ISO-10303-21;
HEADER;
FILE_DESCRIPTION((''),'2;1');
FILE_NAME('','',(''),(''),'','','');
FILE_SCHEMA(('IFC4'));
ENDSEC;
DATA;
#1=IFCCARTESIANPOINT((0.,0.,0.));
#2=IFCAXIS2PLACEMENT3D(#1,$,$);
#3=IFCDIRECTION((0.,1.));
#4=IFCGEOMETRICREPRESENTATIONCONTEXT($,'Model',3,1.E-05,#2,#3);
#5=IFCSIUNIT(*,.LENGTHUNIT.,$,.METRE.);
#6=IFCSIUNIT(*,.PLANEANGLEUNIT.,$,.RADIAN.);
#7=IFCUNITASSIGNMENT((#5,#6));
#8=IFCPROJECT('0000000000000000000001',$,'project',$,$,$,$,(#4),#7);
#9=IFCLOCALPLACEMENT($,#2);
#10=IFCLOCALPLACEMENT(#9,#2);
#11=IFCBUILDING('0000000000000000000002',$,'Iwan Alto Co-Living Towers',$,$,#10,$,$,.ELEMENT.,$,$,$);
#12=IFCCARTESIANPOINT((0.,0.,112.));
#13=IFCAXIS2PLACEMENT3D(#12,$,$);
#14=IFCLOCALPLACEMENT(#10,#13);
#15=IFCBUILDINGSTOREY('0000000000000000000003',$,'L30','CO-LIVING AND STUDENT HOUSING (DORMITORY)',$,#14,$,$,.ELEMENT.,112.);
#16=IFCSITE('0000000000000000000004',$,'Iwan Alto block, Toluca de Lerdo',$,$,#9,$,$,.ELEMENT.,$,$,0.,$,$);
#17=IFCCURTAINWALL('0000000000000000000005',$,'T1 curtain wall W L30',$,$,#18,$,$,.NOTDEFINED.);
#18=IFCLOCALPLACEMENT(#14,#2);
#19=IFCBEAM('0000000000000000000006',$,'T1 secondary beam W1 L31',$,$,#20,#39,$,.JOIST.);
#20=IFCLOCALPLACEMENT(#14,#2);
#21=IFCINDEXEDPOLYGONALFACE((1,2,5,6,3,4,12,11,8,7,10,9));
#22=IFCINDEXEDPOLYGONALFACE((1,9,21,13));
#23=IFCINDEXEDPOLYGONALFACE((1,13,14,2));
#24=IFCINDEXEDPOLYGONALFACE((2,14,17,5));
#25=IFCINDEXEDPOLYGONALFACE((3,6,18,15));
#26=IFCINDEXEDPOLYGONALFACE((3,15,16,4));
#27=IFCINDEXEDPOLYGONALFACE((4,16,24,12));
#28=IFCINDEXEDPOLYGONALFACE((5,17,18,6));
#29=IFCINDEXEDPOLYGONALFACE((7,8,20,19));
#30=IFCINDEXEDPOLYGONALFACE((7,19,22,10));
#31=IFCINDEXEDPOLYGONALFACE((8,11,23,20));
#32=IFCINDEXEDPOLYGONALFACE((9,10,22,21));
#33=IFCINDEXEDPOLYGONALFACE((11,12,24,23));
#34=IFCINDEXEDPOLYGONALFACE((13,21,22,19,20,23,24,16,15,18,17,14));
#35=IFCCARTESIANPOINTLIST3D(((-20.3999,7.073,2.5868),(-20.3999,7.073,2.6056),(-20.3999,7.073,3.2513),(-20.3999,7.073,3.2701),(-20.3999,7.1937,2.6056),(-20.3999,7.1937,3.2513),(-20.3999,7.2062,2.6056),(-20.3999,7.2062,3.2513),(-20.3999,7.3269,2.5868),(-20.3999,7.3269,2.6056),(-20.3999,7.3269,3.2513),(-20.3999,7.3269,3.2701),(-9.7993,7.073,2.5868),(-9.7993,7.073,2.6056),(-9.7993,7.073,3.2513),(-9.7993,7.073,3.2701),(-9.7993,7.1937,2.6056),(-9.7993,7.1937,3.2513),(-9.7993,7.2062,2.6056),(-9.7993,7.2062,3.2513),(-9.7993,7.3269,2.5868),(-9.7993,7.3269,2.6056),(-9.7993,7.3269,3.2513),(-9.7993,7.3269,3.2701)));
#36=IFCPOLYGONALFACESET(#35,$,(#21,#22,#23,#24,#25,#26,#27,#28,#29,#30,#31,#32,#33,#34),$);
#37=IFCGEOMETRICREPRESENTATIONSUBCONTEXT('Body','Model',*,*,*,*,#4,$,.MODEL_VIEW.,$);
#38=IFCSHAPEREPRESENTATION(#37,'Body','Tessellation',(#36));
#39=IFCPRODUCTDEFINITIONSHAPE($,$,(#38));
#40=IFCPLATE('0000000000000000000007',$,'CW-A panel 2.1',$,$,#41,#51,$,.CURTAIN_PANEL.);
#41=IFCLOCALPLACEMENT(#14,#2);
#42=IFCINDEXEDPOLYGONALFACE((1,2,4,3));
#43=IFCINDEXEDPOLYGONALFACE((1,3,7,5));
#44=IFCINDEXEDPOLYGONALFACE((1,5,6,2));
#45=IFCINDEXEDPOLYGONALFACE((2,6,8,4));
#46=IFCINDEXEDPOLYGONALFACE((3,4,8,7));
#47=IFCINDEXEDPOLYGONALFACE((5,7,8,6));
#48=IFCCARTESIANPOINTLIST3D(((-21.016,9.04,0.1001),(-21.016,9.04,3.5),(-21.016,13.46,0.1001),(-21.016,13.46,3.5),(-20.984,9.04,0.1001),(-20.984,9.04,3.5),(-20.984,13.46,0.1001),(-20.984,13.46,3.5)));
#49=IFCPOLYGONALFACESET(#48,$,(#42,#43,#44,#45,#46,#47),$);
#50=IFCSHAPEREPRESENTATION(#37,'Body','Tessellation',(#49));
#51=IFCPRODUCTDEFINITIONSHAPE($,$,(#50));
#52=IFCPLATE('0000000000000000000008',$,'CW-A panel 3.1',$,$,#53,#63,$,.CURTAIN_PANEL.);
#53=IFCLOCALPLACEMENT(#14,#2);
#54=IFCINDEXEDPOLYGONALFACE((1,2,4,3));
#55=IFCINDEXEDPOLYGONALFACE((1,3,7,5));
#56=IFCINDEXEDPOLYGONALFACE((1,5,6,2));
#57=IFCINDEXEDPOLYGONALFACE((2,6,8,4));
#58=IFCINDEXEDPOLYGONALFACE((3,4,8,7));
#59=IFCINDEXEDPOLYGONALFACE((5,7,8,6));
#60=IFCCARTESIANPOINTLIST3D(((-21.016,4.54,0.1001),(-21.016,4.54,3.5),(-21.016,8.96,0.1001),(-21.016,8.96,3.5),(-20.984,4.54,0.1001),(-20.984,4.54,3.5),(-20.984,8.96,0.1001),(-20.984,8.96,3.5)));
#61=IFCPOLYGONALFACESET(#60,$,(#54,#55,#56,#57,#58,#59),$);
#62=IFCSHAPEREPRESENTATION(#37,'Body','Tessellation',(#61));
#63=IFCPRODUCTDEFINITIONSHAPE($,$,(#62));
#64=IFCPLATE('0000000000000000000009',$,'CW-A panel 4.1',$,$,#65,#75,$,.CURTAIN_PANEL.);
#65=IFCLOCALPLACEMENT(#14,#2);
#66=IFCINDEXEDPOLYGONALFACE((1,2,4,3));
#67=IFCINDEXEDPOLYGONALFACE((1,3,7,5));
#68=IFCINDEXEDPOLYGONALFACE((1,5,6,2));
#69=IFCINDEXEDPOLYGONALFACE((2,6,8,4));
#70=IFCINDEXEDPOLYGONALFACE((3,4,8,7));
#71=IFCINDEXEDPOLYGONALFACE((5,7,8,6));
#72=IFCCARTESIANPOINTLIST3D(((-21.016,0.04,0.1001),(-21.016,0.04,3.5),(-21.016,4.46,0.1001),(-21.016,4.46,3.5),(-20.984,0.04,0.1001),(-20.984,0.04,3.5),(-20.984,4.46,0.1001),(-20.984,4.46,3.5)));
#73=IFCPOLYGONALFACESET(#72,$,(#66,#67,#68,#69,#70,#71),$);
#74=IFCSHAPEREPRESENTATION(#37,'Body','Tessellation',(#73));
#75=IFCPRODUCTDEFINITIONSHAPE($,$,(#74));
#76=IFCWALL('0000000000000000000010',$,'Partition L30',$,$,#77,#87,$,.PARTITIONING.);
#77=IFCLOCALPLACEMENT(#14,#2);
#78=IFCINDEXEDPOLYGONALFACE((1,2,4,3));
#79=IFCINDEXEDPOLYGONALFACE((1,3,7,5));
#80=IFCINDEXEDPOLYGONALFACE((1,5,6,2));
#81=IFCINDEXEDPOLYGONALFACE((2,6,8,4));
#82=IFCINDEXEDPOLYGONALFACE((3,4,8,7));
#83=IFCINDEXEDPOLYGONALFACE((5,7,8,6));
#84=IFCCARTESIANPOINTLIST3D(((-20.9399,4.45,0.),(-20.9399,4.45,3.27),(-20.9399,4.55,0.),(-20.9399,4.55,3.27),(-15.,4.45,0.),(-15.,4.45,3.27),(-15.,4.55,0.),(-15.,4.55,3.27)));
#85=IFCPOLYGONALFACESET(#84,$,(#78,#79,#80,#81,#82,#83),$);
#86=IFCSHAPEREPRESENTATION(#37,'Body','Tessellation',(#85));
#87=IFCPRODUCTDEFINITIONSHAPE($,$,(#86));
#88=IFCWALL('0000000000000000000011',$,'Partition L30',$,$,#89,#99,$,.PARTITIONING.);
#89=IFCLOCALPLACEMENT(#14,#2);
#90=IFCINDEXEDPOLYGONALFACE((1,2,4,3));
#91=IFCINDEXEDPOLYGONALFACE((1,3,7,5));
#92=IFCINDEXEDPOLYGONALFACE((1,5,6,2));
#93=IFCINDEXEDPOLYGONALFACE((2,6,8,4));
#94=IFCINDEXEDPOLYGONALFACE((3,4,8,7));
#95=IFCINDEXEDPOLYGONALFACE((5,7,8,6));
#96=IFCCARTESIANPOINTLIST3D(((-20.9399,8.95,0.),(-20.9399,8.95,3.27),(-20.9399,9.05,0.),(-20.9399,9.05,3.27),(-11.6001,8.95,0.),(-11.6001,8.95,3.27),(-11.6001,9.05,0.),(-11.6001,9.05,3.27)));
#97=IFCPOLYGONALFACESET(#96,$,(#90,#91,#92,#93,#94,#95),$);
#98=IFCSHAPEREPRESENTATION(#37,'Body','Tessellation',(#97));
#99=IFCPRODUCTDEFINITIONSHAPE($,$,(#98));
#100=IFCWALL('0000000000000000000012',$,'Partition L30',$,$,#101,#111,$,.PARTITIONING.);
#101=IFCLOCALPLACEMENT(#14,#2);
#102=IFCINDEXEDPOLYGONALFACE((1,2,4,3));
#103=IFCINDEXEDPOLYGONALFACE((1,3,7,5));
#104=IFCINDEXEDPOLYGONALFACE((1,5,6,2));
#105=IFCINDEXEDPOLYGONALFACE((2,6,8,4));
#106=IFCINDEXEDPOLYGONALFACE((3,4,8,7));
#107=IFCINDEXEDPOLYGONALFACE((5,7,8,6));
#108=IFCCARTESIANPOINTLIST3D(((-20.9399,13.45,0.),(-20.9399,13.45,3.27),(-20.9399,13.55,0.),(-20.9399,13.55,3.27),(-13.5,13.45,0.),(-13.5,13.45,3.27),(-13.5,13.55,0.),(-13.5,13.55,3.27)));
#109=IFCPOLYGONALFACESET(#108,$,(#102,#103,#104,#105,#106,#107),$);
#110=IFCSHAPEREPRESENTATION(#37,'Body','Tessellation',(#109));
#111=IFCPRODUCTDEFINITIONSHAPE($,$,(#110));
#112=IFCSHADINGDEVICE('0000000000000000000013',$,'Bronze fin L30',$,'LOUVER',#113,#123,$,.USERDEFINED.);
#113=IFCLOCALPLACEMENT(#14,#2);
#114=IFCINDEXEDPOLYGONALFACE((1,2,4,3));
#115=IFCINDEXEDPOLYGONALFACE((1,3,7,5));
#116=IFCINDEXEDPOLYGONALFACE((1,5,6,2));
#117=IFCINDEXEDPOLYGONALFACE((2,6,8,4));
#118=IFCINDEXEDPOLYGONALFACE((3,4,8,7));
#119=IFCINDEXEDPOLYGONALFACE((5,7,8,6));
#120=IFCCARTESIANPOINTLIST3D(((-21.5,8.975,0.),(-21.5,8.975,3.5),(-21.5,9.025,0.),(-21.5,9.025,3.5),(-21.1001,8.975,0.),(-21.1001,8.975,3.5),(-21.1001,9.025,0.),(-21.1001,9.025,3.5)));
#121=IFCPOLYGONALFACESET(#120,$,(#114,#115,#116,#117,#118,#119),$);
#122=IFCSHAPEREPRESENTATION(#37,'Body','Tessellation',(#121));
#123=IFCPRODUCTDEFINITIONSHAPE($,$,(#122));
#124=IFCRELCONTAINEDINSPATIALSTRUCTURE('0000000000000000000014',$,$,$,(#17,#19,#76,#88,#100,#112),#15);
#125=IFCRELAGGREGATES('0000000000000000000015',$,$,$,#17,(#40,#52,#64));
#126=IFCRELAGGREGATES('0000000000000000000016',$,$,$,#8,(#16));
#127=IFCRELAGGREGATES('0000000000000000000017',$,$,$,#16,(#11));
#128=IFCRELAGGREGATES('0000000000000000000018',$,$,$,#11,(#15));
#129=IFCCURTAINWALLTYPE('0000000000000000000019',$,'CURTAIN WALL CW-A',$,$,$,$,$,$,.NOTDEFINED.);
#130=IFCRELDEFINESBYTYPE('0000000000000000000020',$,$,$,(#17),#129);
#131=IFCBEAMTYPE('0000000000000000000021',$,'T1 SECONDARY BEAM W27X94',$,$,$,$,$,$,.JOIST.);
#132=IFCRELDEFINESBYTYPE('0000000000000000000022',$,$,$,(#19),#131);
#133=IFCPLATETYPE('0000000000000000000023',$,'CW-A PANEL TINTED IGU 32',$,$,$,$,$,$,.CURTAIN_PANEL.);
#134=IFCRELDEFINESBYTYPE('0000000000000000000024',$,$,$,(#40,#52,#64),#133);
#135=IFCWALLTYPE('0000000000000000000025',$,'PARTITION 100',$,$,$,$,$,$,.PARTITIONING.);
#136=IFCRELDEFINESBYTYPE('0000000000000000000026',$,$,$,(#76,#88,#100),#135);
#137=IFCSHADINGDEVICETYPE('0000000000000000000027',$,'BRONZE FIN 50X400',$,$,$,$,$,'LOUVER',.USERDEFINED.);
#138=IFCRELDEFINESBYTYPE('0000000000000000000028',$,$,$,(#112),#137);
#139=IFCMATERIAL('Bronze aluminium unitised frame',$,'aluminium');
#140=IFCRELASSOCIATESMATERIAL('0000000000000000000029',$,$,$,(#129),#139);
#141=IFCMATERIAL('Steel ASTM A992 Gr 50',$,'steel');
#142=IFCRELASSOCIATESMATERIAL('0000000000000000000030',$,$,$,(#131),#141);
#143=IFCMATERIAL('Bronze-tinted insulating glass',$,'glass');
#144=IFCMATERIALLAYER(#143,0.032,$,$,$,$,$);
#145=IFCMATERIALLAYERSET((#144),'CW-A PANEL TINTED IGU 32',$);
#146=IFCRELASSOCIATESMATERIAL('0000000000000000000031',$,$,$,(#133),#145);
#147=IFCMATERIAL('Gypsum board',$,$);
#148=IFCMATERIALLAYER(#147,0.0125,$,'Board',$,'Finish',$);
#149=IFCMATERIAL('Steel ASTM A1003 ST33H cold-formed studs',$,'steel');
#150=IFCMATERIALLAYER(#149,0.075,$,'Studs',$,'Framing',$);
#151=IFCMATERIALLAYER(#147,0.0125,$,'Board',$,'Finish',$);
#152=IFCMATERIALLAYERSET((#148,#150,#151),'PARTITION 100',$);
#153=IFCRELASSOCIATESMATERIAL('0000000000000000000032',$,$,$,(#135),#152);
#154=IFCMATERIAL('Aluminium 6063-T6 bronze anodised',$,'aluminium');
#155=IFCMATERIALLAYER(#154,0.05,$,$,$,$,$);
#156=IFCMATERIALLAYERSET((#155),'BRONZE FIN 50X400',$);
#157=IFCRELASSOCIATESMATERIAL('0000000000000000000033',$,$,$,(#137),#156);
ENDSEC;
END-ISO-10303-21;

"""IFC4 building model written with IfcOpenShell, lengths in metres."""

from ifc_helpers import new_model, si_unit, direction, frame, frame_2d, origin, origin_2d, place, context, subcontext, project, spatial, rectangle, i_section, extrude, material, layer, layer_set, material_profile, profile_set, type_object, element, aggregate, save


model = new_model("IFC4")

# Units and contexts
model_context = context("Model", 3, precision=1e-05, world=origin(), true_north=direction((0.0, 1.0)))
body_context = subcontext(model_context, "Body", "Model", "MODEL_VIEW")
ifc_project = project(units=[si_unit("LENGTHUNIT", "METRE"), si_unit("PLANEANGLEUNIT", "RADIAN")], contexts=[model_context])

# Site, building, storey
site_placement = place(None, origin())
site = spatial("IfcSite", under=ifc_project, at=site_placement, Name="Iwan Alto block, Toluca de Lerdo", CompositionType="ELEMENT", RefElevation=0.0)
building_placement = place(site_placement, origin())
building = spatial("IfcBuilding", under=site, at=building_placement, Name="Iwan Alto Co-Living Towers", CompositionType="ELEMENT")
storey_placement = place(building_placement, frame((0.0, 0.0, 112.0)))
storey = spatial("IfcBuildingStorey", under=building, at=storey_placement, Name="L30", Description="CO-LIVING AND STUDENT HOUSING (DORMITORY)", CompositionType="ELEMENT", Elevation=112.0)

# Curtain wall
ifc_material_1 = material(Name="Bronze aluminium unitised frame", Category="aluminium")
curtain_wall_type = type_object("IfcCurtainWallType", Name="CURTAIN WALL CW-A", PredefinedType="NOTDEFINED", material=ifc_material_1)
curtain_wall_placement = place(storey_placement, origin())
curtain_wall = element("IfcCurtainWall", 1, at=curtain_wall_placement, inside=storey, type_object=curtain_wall_type, Name="T1 curtain wall W L30", PredefinedType="NOTDEFINED")

# Beam
ifc_material_2 = material(Name="Steel ASTM A992 Gr 50", Category="steel")
ifc_material_profile_1 = material_profile(ifc_material_2, i_section(OverallWidth=0.2539, OverallDepth=0.6833, WebThickness=0.0125, FlangeThickness=0.0188, at=origin_2d()), Name="W27X94")
ifc_profile_set_1 = profile_set([ifc_material_profile_1], Name="Steel ASTM A992 Gr 50")
beam_type_1 = type_object("IfcBeamType", Name="T1 SECONDARY BEAM W27X94", PredefinedType="JOIST", material=ifc_profile_set_1)
beam_1_placement = place(storey_placement, frame((-20.3999, 7.2, 2.9285), z_axis=(1.0, 0.0, 0.0), x_axis=(0.0, 1.0, 0.0)))
element("IfcBeam", 2, at=beam_1_placement, inside=storey, type_object=beam_type_1, Name="T1 secondary beam W1 L31", PredefinedType="JOIST", context=body_context, shape_type="SweptSolid", body=[
    extrude(i_section(OverallWidth=0.2539, OverallDepth=0.6833, WebThickness=0.0125, FlangeThickness=0.0188, at=origin_2d()), origin(), (0.0, 0.0, 1.0), 10.6006),
])

# Plates
ifc_material_3 = material(Name="Bronze-tinted insulating glass", Category="glass")
ifc_layer_1 = layer(ifc_material_3, 0.032)
ifc_layer_set_1 = layer_set([ifc_layer_1], Name="CW-A PANEL TINTED IGU 32")
plate_type = type_object("IfcPlateType", Name="CW-A PANEL TINTED IGU 32", PredefinedType="CURTAIN_PANEL", material=ifc_layer_set_1)
plate_1_placement = place(storey_placement, frame((-21.0, 11.25, 0.1001), z_axis=(0.0, 0.0, 1.0), x_axis=(0.0, -1.0, 0.0)))
plate_1 = element("IfcPlate", 3, at=plate_1_placement, type_object=plate_type, Name="CW-A panel 2.1", PredefinedType="CURTAIN_PANEL", context=body_context, shape_type="SweptSolid", body=[
    extrude(rectangle(XDim=4.4199, YDim=0.032, at=origin_2d()), origin(), (0.0, 0.0, 1.0), 3.3999),
])
plate_2_placement = place(storey_placement, frame((-21.0, 6.75, 0.1001), z_axis=(0.0, 0.0, 1.0), x_axis=(0.0, -1.0, 0.0)))
plate_2 = element("IfcPlate", 4, at=plate_2_placement, type_object=plate_type, Name="CW-A panel 3.1", PredefinedType="CURTAIN_PANEL", context=body_context, shape_type="SweptSolid", body=[
    extrude(rectangle(XDim=4.4199, YDim=0.032, at=origin_2d()), origin(), (0.0, 0.0, 1.0), 3.3999),
])
plate_3_placement = place(storey_placement, frame((-21.0, 2.25, 0.1001), z_axis=(0.0, 0.0, 1.0), x_axis=(0.0, -1.0, 0.0)))
plate_3 = element("IfcPlate", 5, at=plate_3_placement, type_object=plate_type, Name="CW-A panel 4.1", PredefinedType="CURTAIN_PANEL", context=body_context, shape_type="SweptSolid", body=[
    extrude(rectangle(XDim=4.4199, YDim=0.032, at=origin_2d()), origin(), (0.0, 0.0, 1.0), 3.3999),
])
aggregate(curtain_wall, [plate_1, plate_2, plate_3])

# Walls
ifc_material_4 = material(Name="Gypsum board")
ifc_layer_2 = layer(ifc_material_4, 0.0125, Name="Board", Category="Finish")
ifc_material_5 = material(Name="Steel ASTM A1003 ST33H cold-formed studs", Category="steel")
ifc_layer_3 = layer(ifc_material_5, 0.075, Name="Studs", Category="Framing")
ifc_layer_4 = layer(ifc_material_4, 0.0125, Name="Board", Category="Finish")
ifc_layer_set_2 = layer_set([ifc_layer_2, ifc_layer_3, ifc_layer_4], Name="PARTITION 100")
wall_type = type_object("IfcWallType", Name="PARTITION 100", PredefinedType="PARTITIONING", material=ifc_layer_set_2)
wall_1_placement = place(storey_placement, frame((-20.9399, 4.5, 0.0), z_axis=(0.0, 0.0, 1.0), x_axis=(1.0, 0.0, 0.0)))
element("IfcWall", 6, at=wall_1_placement, inside=storey, type_object=wall_type, Name="Partition L30", PredefinedType="PARTITIONING", context=body_context, shape_type="SweptSolid", body=[
    extrude(rectangle(XDim=5.9399, YDim=0.1001, at=frame_2d((2.97, 0.0))), origin(), (0.0, 0.0, 1.0), 3.27),
])
wall_2_placement = place(storey_placement, frame((-20.9399, 9.0, 0.0), z_axis=(0.0, 0.0, 1.0), x_axis=(1.0, 0.0, 0.0)))
element("IfcWall", 7, at=wall_2_placement, inside=storey, type_object=wall_type, Name="Partition L30", PredefinedType="PARTITIONING", context=body_context, shape_type="SweptSolid", body=[
    extrude(rectangle(XDim=9.3398, YDim=0.1001, at=frame_2d((4.6699, 0.0))), origin(), (0.0, 0.0, 1.0), 3.27),
])
wall_3_placement = place(storey_placement, frame((-20.9399, 13.5, 0.0), z_axis=(0.0, 0.0, 1.0), x_axis=(1.0, 0.0, 0.0)))
element("IfcWall", 8, at=wall_3_placement, inside=storey, type_object=wall_type, Name="Partition L30", PredefinedType="PARTITIONING", context=body_context, shape_type="SweptSolid", body=[
    extrude(rectangle(XDim=7.4399, YDim=0.1001, at=frame_2d((3.72, 0.0))), origin(), (0.0, 0.0, 1.0), 3.27),
])

# Shading device
ifc_material_6 = material(Name="Aluminium 6063-T6 bronze anodised", Category="aluminium")
ifc_layer_5 = layer(ifc_material_6, 0.05)
ifc_layer_set_3 = layer_set([ifc_layer_5], Name="BRONZE FIN 50X400")
shading_device_type = type_object("IfcShadingDeviceType", Name="BRONZE FIN 50X400", ElementType="LOUVER", PredefinedType="USERDEFINED", material=ifc_layer_set_3)
shading_device_placement = place(storey_placement, frame((-21.3, 9.0, 0.0), z_axis=(0.0, 0.0, 1.0), x_axis=(0.0, -1.0, 0.0)))
element("IfcShadingDevice", 9, at=shading_device_placement, inside=storey, type_object=shading_device_type, Name="Bronze fin L30", ObjectType="LOUVER", PredefinedType="USERDEFINED", context=body_context, shape_type="SweptSolid", body=[
    extrude(rectangle(XDim=0.05, YDim=0.3999, at=origin_2d()), origin(), (0.0, 0.0, 1.0), 3.5),
])

save(model, "model.ifc")
